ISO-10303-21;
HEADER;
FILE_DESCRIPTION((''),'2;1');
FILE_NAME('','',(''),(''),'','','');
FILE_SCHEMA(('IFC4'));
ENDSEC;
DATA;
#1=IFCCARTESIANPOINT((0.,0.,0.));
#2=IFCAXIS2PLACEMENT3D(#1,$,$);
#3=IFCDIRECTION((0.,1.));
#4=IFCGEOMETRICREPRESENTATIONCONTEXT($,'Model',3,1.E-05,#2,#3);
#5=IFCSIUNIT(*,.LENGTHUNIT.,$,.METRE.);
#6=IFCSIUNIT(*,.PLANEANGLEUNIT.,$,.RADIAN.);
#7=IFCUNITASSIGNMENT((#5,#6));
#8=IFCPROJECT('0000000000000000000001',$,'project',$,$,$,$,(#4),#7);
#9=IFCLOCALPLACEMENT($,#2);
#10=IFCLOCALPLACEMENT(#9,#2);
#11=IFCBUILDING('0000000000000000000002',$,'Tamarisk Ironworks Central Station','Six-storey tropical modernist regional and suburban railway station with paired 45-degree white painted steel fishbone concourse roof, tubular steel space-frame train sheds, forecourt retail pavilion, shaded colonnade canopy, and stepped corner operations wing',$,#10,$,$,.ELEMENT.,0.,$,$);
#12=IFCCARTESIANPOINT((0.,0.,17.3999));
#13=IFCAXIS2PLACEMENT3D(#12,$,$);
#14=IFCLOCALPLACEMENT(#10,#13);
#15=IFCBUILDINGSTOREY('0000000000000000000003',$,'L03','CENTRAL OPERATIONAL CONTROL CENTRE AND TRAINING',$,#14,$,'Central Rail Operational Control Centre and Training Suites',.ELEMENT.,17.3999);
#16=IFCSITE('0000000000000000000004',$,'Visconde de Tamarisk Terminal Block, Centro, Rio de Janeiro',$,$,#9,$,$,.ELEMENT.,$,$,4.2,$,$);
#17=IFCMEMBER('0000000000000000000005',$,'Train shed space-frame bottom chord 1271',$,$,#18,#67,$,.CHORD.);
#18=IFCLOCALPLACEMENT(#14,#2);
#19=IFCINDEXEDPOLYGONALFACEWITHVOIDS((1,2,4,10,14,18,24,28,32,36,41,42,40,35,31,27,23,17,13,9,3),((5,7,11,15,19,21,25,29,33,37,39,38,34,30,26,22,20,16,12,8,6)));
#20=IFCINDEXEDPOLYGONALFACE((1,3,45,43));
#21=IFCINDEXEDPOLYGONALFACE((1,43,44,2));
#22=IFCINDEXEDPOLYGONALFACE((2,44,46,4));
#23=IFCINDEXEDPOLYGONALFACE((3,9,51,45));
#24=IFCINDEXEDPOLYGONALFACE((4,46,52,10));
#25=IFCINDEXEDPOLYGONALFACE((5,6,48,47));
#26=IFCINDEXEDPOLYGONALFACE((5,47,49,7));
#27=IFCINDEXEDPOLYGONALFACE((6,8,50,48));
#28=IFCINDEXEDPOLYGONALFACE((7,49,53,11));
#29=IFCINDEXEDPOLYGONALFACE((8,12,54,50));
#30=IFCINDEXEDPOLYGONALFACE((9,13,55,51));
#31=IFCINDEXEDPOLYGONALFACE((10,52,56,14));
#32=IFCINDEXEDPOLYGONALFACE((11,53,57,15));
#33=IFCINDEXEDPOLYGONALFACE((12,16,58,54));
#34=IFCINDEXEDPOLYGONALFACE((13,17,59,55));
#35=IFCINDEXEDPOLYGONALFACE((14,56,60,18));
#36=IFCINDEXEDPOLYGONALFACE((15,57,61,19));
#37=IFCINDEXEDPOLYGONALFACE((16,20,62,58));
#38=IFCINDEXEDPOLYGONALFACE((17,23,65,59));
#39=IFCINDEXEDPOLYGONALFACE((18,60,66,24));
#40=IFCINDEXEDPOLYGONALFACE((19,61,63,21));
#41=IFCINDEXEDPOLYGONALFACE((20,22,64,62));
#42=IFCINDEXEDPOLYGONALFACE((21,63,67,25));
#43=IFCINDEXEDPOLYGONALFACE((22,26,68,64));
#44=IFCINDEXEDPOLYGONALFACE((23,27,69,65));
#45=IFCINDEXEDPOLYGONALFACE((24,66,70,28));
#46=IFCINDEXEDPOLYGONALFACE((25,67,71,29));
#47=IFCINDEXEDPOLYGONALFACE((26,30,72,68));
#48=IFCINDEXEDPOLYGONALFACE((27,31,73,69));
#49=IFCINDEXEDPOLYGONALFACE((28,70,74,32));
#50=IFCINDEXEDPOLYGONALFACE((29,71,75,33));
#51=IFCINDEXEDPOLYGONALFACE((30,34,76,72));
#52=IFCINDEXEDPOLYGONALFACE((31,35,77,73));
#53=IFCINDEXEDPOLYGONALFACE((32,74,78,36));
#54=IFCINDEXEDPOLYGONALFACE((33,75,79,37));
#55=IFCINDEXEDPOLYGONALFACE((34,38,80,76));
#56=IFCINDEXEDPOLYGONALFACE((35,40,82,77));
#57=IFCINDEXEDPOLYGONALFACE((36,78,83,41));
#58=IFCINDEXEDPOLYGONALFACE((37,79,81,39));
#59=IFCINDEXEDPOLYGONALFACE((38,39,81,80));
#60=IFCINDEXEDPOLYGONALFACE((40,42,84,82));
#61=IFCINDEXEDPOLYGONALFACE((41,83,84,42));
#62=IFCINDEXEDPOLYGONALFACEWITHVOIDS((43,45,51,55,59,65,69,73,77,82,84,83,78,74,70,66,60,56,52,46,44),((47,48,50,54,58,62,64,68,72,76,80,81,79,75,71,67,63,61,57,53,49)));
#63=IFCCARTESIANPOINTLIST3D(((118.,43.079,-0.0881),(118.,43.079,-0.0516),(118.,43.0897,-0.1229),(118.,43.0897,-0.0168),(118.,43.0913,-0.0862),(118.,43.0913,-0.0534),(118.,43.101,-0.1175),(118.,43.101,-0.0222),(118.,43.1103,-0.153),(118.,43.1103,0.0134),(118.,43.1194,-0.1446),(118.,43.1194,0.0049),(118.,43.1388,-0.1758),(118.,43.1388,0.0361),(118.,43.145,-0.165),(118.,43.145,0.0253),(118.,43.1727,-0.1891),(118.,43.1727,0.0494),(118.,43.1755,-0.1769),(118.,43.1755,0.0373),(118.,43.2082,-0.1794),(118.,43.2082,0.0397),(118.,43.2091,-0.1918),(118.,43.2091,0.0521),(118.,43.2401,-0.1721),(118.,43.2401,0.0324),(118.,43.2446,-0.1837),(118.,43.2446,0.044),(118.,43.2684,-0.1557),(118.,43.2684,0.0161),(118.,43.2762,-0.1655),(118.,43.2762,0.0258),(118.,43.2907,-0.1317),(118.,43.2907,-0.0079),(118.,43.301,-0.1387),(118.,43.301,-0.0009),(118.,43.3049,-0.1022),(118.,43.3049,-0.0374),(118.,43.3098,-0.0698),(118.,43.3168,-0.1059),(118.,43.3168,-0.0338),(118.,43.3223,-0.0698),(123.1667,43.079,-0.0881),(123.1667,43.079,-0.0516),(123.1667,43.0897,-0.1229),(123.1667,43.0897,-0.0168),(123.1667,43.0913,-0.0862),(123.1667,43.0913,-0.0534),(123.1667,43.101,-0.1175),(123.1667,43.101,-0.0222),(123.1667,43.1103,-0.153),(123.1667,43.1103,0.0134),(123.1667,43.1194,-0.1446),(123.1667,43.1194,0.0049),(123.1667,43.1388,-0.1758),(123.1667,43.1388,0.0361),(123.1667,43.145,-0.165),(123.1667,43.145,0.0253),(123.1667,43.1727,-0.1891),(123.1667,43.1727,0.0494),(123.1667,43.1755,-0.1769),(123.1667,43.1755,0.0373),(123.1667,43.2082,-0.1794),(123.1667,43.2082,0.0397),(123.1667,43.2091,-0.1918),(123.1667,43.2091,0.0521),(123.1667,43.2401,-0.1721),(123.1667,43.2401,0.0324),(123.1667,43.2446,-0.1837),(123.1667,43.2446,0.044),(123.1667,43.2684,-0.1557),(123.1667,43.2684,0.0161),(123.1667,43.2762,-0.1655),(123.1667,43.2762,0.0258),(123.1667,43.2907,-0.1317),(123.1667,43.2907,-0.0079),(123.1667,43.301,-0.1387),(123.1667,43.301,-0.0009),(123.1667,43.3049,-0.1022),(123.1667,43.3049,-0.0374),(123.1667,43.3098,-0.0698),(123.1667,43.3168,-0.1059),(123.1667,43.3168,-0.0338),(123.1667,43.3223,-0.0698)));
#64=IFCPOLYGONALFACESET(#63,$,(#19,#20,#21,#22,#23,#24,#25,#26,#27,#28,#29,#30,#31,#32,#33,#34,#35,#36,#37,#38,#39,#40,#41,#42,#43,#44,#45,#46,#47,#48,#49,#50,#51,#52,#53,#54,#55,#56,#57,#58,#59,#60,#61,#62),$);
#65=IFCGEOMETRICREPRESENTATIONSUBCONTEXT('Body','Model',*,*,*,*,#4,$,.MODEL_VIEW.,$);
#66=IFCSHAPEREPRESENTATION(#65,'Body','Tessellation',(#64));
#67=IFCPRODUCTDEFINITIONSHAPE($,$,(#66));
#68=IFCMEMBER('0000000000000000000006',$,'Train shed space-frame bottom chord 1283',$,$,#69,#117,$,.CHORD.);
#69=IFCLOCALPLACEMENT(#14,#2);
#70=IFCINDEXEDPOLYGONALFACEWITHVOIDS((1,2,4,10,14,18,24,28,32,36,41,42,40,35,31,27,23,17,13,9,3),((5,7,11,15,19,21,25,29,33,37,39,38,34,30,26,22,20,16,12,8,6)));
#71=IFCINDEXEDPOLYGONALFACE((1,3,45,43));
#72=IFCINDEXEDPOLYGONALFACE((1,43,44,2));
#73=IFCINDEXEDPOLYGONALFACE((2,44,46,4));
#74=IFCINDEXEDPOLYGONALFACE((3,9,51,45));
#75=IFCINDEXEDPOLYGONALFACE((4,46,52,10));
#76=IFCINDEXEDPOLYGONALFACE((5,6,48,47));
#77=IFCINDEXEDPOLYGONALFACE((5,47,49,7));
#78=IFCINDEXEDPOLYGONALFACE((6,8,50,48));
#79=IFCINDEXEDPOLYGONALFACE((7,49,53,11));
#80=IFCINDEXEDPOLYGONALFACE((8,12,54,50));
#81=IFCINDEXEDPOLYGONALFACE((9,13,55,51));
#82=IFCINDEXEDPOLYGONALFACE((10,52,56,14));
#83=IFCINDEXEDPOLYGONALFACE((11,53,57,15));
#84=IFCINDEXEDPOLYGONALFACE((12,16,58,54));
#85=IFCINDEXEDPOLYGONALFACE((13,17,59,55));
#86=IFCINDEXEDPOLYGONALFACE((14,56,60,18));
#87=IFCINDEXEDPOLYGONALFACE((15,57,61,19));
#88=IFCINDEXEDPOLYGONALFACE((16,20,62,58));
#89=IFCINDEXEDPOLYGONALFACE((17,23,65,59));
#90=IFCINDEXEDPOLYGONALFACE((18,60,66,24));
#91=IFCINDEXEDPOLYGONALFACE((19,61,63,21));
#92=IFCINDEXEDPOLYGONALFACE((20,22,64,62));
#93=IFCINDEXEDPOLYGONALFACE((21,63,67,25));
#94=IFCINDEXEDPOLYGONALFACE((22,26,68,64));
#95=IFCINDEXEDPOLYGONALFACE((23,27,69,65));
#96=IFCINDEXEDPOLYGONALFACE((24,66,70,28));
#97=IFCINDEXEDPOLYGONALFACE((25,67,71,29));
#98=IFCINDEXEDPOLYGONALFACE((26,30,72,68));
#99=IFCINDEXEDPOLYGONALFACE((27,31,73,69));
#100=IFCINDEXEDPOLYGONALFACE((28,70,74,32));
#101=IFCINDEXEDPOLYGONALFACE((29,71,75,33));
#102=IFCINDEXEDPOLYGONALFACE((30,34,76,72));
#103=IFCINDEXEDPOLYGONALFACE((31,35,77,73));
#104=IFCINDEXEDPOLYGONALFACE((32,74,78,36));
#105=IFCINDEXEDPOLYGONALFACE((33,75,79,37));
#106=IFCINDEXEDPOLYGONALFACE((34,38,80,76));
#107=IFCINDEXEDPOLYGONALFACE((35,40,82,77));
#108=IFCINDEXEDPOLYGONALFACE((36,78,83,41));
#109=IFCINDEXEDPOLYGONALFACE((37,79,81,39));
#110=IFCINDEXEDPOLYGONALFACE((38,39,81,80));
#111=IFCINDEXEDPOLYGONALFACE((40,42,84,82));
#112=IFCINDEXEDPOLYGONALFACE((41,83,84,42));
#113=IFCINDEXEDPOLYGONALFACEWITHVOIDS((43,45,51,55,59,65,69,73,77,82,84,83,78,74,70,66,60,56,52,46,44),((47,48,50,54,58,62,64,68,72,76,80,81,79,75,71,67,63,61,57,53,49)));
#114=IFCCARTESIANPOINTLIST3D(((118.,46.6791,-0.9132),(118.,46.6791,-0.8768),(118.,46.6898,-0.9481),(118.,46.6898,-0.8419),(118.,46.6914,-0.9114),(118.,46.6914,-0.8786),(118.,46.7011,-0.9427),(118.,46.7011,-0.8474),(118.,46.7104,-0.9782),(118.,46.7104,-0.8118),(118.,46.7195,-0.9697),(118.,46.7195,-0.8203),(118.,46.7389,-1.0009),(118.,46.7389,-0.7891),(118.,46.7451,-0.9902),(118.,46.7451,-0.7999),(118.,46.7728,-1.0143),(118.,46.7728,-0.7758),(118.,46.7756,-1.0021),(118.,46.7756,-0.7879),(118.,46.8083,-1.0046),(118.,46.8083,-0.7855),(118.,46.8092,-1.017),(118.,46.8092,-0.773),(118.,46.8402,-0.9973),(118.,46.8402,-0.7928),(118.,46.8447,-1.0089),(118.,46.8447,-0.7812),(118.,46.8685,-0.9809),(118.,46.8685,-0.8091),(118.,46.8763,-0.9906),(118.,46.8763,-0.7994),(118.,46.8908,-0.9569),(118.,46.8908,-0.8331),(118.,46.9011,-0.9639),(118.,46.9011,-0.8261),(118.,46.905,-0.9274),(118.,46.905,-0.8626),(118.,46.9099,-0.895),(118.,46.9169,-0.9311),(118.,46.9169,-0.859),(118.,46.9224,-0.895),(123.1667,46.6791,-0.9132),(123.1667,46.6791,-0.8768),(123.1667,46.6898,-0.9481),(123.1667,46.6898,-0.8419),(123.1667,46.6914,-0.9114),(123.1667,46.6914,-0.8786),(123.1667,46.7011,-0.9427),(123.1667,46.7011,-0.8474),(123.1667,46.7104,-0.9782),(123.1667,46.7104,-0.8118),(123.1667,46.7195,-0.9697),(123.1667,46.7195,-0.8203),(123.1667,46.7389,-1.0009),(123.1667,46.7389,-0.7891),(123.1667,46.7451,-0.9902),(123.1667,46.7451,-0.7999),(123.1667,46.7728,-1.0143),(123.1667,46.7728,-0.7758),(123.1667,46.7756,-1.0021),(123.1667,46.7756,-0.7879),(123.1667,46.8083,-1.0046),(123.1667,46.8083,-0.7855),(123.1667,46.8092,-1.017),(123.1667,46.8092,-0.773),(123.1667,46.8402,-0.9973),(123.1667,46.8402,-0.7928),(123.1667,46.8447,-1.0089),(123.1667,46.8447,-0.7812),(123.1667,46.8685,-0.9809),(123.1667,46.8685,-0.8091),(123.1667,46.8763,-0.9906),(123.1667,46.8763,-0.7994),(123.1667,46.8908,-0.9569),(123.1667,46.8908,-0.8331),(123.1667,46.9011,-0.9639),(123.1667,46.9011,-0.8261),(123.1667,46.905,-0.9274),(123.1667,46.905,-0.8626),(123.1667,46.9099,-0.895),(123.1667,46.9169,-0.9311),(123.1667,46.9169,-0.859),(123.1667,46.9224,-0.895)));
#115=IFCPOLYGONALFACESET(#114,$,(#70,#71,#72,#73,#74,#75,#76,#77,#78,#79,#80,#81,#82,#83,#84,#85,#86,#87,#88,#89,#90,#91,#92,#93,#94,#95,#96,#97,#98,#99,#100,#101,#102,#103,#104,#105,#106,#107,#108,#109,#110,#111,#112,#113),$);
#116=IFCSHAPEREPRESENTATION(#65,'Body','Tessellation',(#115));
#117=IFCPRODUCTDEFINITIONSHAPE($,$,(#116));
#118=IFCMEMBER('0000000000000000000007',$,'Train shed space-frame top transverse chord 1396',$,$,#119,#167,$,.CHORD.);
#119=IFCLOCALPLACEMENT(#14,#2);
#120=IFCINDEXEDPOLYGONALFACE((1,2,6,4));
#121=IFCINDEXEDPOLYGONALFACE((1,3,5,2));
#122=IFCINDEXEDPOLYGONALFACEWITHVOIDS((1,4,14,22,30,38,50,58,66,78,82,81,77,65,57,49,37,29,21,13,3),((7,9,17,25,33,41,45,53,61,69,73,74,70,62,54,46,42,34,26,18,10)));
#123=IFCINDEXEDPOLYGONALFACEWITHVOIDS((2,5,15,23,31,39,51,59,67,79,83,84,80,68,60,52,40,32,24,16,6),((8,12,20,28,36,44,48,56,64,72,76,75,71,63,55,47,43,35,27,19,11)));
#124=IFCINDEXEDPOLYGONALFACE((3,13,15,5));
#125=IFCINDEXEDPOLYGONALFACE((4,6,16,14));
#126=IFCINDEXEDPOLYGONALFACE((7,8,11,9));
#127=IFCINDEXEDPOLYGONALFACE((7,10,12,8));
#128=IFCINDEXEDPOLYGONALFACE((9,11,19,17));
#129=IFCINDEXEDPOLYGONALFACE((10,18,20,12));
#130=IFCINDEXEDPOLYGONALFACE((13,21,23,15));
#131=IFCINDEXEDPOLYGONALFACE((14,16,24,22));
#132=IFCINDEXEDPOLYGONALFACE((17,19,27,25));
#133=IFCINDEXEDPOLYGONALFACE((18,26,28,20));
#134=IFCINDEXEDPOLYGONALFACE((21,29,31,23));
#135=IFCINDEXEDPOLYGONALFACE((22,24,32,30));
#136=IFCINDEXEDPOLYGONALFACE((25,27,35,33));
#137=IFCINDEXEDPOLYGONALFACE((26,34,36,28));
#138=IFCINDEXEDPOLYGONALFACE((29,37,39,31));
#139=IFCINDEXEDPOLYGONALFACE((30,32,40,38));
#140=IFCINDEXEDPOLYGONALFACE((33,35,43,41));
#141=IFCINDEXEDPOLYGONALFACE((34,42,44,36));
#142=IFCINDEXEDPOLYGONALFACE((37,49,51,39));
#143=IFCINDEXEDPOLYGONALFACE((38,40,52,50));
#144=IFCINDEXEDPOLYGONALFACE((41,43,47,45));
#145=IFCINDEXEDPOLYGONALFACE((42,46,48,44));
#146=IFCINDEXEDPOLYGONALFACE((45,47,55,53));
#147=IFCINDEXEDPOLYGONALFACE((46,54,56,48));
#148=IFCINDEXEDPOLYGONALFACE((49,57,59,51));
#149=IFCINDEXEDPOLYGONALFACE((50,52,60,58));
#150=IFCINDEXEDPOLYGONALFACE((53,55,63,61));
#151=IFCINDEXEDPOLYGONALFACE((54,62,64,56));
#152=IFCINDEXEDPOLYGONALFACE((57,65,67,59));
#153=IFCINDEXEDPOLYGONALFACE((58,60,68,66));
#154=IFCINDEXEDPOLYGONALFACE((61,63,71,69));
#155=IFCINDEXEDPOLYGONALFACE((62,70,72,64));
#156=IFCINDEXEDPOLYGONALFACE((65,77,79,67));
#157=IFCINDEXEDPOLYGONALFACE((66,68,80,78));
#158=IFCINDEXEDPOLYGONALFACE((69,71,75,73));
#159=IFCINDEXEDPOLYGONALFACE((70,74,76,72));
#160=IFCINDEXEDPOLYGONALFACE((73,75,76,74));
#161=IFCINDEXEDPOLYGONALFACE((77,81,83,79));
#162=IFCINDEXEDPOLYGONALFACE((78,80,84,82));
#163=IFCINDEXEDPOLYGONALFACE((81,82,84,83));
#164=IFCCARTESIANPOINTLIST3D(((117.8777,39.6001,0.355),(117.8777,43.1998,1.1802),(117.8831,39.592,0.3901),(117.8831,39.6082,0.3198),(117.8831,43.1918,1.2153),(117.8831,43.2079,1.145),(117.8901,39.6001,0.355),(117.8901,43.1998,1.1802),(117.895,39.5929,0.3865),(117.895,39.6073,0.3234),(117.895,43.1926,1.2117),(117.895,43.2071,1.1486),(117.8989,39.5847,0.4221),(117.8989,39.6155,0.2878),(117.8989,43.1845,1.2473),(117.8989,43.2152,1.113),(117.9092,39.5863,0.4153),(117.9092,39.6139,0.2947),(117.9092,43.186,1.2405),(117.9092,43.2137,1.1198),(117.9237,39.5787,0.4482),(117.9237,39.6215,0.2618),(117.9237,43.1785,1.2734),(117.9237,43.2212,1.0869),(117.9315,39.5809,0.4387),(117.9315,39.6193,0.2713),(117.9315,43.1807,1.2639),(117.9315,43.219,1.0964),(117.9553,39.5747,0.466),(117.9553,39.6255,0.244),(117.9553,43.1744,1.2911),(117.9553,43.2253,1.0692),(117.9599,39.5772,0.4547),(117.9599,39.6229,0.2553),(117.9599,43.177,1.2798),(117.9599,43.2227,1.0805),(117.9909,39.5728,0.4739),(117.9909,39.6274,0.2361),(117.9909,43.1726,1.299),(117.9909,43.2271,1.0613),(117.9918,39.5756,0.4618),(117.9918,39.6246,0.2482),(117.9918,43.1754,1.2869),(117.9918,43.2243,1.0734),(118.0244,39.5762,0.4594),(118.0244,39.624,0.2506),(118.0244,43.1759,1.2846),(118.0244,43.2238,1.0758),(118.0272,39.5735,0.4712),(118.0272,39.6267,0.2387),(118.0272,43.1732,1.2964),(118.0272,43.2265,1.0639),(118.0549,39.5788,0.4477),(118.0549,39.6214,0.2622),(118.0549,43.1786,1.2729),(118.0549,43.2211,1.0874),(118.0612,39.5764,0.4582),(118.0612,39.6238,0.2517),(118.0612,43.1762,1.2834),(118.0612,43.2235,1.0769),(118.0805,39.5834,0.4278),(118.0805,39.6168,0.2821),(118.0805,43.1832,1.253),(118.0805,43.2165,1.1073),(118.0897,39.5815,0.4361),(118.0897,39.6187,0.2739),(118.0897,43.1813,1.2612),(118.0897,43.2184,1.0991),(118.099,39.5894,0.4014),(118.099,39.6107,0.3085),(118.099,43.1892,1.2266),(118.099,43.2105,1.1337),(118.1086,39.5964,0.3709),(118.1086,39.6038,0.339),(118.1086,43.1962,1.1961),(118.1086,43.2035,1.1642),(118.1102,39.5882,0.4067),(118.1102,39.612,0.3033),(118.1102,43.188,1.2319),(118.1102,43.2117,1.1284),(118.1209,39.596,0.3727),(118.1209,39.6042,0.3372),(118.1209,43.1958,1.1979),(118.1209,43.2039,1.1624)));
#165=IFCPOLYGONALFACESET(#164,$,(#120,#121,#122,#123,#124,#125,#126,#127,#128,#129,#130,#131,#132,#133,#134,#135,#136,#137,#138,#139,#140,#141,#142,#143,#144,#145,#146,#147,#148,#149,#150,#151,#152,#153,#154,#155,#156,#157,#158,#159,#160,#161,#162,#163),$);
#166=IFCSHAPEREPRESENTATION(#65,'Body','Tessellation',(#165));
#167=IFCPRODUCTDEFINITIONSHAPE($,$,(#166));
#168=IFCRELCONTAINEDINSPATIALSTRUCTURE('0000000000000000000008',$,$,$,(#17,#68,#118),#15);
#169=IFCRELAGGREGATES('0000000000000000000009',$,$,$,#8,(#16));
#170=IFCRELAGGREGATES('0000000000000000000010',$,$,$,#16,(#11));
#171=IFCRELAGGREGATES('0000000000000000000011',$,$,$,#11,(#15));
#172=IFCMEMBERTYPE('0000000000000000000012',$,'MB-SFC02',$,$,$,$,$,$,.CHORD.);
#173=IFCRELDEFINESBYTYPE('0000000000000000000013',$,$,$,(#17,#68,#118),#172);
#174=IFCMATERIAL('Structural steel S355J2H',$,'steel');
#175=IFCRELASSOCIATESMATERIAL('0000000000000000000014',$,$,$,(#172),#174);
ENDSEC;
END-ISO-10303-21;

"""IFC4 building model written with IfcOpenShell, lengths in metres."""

from ifc_helpers import new_model, si_unit, direction, frame, origin, origin_2d, place, context, subcontext, project, spatial, hollow_circle, extrude, material, material_profile, profile_set, type_object, element, save


model = new_model("IFC4")

# Units and contexts
model_context = context("Model", 3, precision=1e-05, world=origin(), true_north=direction((0.0, 1.0)))
body_context = subcontext(model_context, "Body", "Model", "MODEL_VIEW")
ifc_project = project(units=[si_unit("LENGTHUNIT", "METRE"), si_unit("PLANEANGLEUNIT", "RADIAN")], contexts=[model_context])

# Site, building, storey
site_placement = place(None, origin())
site = spatial("IfcSite", under=ifc_project, at=site_placement, Name="Visconde de Tamarisk Terminal Block, Centro, Rio de Janeiro", CompositionType="ELEMENT", RefElevation=4.2)
building_placement = place(site_placement, origin())
building = spatial("IfcBuilding", under=site, at=building_placement, Name="Tamarisk Ironworks Central Station", Description="Six-storey tropical modernist regional and suburban railway station with paired 45-degree white painted steel fishbone concourse roof, tubular steel space-frame train sheds, forecourt retail pavilion, shaded colonnade canopy, and stepped corner operations wing", CompositionType="ELEMENT", ElevationOfRefHeight=0.0)
storey_placement = place(building_placement, frame((0.0, 0.0, 17.3999)))
storey = spatial("IfcBuildingStorey", under=building, at=storey_placement, Name="L03", Description="CENTRAL OPERATIONAL CONTROL CENTRE AND TRAINING", LongName="Central Rail Operational Control Centre and Training Suites", CompositionType="ELEMENT", Elevation=17.3999)

# Members
ifc_material_1 = material(Name="Structural steel S355J2H", Category="steel")
ifc_material_profile_1 = material_profile(ifc_material_1, hollow_circle(Radius=0.1223, WallThickness=0.0125, at=origin_2d()), Name="CHS 244.5x12.5")
ifc_profile_set_1 = profile_set([ifc_material_profile_1], Name="Structural steel S355J2H")
member_type_1 = type_object("IfcMemberType", Name="MB-SFC02", PredefinedType="CHORD", material=ifc_profile_set_1)
for number, where, z_axis, x_axis, name in (
    (1, (118.0, 43.2, -0.0698), (1.0, 0.0, 0.0), (0.0, 1.0, 0.0), "Train shed space-frame bottom chord 1271"),
    (2, (118.0, 46.8, -0.895), (1.0, 0.0, 0.0), (0.0, 1.0, 0.0), "Train shed space-frame bottom chord 1283"),
):
    element("IfcMember", number, at=place(storey_placement, frame(where, z_axis=z_axis, x_axis=x_axis)), inside=storey, type_object=member_type_1, Name=name, PredefinedType="CHORD", context=body_context, shape_type="SweptSolid", body=[
        extrude(hollow_circle(Radius=0.1223, WallThickness=0.0125, at=origin_2d()), origin(), (0.0, 0.0, 1.0), 5.1667),
    ])
member_1_placement = place(storey_placement, frame((118.0, 39.6001, 0.355), z_axis=(0.0, 0.974719, 0.223435), x_axis=(-1.0, 0.0, 0.0)))
element("IfcMember", 3, at=member_1_placement, inside=storey, type_object=member_type_1, Name="Train shed space-frame top transverse chord 1396", PredefinedType="CHORD", context=body_context, shape_type="SweptSolid", body=[
    extrude(hollow_circle(Radius=0.1223, WallThickness=0.0125, at=origin_2d()), origin(), (0.0, 0.0, 1.0), 3.6931),
])

save(model, "model.ifc")
